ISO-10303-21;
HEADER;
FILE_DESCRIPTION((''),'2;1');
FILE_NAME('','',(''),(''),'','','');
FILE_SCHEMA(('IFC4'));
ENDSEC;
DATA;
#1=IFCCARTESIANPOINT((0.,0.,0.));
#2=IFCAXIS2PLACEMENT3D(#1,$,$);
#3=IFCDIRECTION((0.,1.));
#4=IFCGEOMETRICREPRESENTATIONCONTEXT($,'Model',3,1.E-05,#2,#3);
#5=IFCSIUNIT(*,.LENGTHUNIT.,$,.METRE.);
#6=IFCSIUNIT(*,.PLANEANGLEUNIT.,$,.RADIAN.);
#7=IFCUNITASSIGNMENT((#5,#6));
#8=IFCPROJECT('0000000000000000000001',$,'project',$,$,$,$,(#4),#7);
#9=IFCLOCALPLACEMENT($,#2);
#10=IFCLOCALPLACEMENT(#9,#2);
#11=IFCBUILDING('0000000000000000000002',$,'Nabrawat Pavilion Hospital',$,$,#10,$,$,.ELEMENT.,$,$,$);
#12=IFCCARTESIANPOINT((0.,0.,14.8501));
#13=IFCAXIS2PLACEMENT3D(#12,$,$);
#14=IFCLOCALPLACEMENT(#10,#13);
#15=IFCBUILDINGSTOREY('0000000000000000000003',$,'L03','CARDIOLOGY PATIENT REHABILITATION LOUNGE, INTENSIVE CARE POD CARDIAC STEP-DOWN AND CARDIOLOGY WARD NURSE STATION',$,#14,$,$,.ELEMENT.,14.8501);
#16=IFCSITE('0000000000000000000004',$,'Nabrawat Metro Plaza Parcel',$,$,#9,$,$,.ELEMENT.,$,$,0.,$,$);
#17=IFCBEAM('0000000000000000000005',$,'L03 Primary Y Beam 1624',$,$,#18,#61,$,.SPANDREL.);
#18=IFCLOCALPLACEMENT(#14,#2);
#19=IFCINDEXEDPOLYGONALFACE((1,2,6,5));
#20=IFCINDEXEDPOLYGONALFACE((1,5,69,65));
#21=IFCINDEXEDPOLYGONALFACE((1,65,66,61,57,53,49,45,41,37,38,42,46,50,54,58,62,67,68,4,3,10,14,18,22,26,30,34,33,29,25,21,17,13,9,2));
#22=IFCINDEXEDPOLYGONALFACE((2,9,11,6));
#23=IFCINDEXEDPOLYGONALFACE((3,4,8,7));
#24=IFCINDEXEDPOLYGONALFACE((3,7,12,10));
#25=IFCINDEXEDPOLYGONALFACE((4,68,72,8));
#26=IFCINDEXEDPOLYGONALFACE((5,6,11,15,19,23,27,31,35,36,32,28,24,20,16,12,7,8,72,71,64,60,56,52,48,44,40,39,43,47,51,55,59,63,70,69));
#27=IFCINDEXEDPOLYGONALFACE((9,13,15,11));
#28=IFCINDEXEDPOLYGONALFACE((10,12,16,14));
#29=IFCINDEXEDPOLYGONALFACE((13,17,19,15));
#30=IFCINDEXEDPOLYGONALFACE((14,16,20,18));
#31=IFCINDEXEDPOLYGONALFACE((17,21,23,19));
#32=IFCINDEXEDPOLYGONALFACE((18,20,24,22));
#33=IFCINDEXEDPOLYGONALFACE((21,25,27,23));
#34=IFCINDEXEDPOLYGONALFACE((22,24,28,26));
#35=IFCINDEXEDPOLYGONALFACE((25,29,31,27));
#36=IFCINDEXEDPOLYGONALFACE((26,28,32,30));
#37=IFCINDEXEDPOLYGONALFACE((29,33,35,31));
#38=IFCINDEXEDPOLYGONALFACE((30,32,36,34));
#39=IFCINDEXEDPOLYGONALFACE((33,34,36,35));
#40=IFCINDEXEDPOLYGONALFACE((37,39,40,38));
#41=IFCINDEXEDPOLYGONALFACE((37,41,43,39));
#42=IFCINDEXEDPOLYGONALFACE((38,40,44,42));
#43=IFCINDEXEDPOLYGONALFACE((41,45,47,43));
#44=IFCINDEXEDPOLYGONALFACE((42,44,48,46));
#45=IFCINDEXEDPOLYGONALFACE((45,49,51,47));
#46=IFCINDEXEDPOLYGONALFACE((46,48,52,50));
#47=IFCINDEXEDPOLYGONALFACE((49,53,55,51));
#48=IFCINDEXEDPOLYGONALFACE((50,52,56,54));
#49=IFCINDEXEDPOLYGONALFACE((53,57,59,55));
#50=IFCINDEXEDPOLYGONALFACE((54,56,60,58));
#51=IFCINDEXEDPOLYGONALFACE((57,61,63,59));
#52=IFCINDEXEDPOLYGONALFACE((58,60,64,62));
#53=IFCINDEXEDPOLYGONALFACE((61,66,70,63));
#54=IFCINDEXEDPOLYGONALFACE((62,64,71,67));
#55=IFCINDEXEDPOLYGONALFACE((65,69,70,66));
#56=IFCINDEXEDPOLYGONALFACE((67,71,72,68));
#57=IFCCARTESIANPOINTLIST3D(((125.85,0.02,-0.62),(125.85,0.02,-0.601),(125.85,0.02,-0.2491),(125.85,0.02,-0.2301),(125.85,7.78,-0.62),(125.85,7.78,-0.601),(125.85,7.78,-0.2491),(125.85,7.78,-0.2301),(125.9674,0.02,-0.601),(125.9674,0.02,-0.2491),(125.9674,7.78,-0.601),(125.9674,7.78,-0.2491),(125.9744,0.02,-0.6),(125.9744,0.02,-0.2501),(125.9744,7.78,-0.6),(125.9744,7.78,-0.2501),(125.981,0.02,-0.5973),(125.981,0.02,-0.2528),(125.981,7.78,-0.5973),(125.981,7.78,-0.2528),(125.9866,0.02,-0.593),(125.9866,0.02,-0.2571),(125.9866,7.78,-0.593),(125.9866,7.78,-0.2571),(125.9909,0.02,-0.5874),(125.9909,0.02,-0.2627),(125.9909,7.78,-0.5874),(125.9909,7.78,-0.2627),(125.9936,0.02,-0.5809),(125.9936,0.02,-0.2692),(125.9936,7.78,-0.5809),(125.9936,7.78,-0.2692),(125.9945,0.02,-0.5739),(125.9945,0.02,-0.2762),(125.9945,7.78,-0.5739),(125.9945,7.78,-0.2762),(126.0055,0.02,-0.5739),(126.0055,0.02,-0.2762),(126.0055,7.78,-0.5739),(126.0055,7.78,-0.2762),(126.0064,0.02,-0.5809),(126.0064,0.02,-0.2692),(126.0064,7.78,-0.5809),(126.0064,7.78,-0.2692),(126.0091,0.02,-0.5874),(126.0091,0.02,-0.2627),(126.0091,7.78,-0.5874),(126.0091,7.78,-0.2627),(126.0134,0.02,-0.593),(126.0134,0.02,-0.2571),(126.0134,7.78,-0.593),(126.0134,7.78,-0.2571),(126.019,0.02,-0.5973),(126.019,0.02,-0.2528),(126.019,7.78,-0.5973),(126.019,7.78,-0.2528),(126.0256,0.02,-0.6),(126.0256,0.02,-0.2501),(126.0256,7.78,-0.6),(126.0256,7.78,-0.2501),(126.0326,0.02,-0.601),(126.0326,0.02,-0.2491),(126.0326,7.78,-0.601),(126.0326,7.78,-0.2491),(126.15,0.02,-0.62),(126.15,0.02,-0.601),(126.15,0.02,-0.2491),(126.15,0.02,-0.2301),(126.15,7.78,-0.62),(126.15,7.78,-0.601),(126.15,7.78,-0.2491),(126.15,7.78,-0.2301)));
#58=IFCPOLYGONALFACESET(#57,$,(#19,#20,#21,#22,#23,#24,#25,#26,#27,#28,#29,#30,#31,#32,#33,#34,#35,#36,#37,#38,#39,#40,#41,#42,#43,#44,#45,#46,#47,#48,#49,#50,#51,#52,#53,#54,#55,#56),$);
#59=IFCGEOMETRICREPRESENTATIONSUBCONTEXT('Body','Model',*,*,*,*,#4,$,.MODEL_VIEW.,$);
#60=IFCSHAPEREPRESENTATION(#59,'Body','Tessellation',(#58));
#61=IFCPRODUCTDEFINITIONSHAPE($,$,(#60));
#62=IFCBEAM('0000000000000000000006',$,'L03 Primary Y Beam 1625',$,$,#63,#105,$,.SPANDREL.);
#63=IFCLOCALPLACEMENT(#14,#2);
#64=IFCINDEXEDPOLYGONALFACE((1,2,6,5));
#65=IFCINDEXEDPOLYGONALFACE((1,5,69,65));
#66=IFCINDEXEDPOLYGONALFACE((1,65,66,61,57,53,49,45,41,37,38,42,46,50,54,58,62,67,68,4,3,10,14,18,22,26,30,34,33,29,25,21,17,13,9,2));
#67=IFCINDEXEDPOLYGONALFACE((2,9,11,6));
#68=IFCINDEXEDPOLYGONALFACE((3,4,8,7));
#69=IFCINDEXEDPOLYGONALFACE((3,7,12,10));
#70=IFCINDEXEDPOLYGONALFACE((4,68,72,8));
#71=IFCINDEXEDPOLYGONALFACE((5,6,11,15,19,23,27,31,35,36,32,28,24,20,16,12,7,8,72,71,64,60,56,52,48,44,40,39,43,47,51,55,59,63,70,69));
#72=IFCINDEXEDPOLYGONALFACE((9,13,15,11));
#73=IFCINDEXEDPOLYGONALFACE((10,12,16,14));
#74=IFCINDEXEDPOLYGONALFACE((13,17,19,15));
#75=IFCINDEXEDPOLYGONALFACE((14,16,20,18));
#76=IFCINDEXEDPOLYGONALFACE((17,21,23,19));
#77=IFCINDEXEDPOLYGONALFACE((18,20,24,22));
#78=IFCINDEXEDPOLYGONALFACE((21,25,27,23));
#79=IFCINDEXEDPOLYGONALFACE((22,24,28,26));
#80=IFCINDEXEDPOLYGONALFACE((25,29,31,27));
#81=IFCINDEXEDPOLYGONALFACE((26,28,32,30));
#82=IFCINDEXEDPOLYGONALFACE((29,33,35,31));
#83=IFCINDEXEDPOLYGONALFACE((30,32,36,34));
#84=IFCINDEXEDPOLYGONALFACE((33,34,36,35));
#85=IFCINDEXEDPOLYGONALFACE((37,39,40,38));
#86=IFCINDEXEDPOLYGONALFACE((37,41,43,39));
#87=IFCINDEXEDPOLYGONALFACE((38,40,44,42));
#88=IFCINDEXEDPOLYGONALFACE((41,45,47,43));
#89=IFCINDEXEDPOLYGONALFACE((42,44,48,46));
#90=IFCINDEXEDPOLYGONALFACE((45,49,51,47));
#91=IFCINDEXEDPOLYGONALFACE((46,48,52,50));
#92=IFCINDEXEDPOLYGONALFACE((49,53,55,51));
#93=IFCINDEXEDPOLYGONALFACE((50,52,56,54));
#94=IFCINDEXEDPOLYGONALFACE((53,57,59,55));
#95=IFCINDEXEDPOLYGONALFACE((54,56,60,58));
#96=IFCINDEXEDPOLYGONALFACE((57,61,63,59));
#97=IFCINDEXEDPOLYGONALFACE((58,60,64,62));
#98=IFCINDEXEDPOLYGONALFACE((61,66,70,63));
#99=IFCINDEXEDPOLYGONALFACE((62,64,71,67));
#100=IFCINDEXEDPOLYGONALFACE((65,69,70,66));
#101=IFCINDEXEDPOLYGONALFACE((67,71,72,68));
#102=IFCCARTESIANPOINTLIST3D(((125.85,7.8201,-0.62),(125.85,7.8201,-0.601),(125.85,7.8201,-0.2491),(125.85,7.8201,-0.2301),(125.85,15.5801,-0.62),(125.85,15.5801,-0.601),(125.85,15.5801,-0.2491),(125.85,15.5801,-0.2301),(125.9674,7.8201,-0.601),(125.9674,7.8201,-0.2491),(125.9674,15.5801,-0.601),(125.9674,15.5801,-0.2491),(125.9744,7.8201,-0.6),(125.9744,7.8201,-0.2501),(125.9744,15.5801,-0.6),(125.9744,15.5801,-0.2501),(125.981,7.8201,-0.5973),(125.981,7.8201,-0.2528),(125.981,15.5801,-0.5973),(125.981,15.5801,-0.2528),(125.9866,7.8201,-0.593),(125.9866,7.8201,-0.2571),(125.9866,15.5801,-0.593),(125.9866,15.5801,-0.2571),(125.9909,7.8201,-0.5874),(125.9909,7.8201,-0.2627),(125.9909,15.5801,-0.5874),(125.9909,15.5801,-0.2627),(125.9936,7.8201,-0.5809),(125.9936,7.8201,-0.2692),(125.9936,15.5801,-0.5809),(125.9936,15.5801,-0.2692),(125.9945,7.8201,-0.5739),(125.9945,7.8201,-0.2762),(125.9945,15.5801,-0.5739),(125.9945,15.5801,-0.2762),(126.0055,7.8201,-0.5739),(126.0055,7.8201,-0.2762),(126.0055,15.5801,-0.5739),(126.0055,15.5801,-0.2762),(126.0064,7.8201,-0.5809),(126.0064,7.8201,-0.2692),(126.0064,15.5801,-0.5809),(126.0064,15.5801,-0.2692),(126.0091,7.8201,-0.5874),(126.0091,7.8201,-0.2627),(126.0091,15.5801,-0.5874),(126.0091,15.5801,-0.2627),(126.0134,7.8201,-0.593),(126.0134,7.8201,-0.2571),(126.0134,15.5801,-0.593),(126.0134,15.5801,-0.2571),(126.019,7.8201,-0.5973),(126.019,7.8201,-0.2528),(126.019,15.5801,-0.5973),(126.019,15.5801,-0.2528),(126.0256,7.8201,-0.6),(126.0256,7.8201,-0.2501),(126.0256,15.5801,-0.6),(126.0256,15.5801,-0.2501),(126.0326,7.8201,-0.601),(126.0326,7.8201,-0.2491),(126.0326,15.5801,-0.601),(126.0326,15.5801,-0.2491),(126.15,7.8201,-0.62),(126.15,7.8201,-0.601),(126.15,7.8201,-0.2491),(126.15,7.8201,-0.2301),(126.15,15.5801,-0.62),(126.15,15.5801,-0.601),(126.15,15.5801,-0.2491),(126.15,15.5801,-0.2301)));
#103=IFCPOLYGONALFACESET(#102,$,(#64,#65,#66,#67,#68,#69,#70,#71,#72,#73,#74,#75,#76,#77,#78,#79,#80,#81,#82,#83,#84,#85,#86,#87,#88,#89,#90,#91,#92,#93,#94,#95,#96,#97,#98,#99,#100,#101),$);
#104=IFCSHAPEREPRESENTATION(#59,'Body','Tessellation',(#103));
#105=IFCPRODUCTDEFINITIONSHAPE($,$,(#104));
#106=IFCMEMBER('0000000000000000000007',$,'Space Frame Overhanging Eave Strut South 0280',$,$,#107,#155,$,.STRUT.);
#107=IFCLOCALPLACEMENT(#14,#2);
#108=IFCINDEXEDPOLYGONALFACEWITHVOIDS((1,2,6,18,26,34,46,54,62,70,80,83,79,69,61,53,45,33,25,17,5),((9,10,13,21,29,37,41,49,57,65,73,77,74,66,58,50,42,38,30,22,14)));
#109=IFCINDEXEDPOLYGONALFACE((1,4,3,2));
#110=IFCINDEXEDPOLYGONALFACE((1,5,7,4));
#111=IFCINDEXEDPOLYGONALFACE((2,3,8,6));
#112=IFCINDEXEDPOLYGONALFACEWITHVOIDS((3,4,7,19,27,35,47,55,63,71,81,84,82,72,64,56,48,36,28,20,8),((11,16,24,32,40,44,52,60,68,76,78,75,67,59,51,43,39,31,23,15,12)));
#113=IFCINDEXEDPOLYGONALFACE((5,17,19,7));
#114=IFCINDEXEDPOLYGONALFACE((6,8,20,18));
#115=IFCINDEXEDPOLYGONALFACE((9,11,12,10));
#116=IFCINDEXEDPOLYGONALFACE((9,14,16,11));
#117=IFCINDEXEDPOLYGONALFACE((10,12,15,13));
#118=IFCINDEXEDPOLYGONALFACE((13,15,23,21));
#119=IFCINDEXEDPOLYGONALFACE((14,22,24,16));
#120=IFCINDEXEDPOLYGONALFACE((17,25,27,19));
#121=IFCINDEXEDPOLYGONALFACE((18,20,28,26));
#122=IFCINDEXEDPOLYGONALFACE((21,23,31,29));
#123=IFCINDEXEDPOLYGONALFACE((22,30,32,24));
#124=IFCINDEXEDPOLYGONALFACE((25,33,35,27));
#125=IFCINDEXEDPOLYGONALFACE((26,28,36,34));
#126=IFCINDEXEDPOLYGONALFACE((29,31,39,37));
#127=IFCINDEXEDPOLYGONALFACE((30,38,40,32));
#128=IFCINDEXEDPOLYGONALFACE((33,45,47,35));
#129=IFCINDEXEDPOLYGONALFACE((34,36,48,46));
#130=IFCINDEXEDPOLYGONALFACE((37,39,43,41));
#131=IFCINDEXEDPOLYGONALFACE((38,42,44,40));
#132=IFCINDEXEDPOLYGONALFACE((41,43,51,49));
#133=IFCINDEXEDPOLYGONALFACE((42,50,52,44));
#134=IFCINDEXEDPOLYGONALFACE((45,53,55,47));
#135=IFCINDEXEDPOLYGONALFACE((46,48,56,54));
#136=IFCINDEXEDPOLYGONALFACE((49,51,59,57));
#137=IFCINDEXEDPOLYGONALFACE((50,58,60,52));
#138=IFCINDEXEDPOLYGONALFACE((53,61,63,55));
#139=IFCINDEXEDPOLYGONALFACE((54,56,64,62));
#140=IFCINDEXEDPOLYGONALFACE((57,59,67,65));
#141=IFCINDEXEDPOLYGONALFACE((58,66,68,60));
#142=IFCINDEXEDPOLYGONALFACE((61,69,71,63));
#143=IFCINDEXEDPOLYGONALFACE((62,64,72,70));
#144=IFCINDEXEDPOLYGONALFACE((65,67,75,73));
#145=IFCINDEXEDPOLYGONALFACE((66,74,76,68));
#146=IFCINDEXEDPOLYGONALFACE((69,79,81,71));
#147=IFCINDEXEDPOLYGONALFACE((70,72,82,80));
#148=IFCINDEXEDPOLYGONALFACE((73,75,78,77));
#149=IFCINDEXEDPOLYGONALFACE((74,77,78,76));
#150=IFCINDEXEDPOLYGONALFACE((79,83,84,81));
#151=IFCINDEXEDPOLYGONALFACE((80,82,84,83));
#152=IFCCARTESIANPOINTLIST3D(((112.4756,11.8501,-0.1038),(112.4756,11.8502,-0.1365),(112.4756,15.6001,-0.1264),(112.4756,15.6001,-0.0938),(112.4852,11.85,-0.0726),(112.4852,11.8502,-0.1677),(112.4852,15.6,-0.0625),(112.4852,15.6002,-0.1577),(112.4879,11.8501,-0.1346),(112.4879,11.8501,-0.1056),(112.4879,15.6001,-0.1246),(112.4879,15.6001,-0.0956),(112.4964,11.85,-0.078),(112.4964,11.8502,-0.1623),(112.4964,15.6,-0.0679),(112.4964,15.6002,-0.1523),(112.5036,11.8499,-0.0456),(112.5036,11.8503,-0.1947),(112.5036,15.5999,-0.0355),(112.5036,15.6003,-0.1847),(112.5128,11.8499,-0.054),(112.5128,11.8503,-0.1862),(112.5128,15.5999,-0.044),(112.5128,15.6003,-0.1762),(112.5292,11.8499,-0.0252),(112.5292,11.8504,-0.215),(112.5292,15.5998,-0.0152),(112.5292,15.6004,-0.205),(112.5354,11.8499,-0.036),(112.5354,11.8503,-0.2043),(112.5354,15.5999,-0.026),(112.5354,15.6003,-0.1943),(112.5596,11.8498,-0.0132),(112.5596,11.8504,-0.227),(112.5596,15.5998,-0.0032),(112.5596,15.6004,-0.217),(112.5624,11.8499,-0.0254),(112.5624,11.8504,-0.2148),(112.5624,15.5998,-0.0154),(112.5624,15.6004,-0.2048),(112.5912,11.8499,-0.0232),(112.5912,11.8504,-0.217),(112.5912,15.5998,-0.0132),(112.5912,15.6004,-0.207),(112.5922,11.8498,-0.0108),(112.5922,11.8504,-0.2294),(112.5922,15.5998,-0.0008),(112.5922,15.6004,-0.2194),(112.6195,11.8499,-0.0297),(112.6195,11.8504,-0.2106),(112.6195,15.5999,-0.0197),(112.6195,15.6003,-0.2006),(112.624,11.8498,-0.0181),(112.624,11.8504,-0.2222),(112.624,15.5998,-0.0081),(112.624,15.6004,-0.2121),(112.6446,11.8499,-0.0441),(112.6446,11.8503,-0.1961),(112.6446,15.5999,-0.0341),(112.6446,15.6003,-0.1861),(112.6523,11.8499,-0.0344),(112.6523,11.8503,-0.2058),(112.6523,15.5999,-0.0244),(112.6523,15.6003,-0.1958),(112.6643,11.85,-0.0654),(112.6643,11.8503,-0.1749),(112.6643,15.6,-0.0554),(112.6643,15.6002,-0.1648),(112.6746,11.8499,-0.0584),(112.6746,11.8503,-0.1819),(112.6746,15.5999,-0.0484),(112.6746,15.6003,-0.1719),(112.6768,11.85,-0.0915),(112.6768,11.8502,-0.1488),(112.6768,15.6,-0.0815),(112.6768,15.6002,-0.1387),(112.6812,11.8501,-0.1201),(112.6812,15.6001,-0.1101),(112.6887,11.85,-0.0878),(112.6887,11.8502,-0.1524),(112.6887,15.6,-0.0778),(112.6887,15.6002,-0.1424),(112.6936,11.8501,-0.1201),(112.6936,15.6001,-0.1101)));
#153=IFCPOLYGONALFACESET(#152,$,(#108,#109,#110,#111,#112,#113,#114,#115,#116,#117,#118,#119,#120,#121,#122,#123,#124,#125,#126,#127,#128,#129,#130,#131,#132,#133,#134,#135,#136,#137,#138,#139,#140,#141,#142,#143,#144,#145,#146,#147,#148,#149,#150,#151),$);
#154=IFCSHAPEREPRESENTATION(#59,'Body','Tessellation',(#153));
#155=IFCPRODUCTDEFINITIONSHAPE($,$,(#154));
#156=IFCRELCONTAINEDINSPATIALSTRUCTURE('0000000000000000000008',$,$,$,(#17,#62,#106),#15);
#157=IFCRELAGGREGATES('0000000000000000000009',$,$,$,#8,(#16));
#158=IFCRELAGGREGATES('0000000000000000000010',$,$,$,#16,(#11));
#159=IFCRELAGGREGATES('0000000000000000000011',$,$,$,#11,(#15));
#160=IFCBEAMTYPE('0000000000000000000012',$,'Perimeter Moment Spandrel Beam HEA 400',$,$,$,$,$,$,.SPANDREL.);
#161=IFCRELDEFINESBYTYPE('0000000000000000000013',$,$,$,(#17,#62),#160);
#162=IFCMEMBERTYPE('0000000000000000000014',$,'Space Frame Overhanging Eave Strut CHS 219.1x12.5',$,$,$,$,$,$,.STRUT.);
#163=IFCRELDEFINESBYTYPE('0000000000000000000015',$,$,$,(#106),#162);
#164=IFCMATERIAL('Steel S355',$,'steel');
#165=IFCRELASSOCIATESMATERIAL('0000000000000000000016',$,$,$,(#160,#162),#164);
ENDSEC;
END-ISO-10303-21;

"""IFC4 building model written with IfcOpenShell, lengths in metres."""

from ifc_helpers import new_model, si_unit, direction, frame, origin, origin_2d, place, context, subcontext, project, spatial, hollow_circle, i_section, extrude, material, material_profile, profile_set, type_object, element, save


model = new_model("IFC4")

# Units and contexts
model_context = context("Model", 3, precision=1e-05, world=origin(), true_north=direction((0.0, 1.0)))
body_context = subcontext(model_context, "Body", "Model", "MODEL_VIEW")
ifc_project = project(units=[si_unit("LENGTHUNIT", "METRE"), si_unit("PLANEANGLEUNIT", "RADIAN")], contexts=[model_context])

# Site, building, storey
site_placement = place(None, origin())
site = spatial("IfcSite", under=ifc_project, at=site_placement, Name="Nabrawat Metro Plaza Parcel", CompositionType="ELEMENT", RefElevation=0.0)
building_placement = place(site_placement, origin())
building = spatial("IfcBuilding", under=site, at=building_placement, Name="Nabrawat Pavilion Hospital", CompositionType="ELEMENT")
storey_placement = place(building_placement, frame((0.0, 0.0, 14.8501)))
storey = spatial("IfcBuildingStorey", under=building, at=storey_placement, Name="L03", Description="CARDIOLOGY PATIENT REHABILITATION LOUNGE, INTENSIVE CARE POD CARDIAC STEP-DOWN AND CARDIOLOGY WARD NURSE STATION", CompositionType="ELEMENT", Elevation=14.8501)

# Shared definitions
ifc_material_1 = material(Name="Steel S355", Category="steel")

# Beams
ifc_material_profile_1 = material_profile(ifc_material_1, i_section(OverallWidth=0.3, OverallDepth=0.3899, WebThickness=0.011, FlangeThickness=0.019, FilletRadius=0.0271, at=origin_2d()), Name="HEA 400")
ifc_profile_set_1 = profile_set([ifc_material_profile_1], Name="Steel S355")
beam_type_1 = type_object("IfcBeamType", Name="Perimeter Moment Spandrel Beam HEA 400", PredefinedType="SPANDREL", material=ifc_profile_set_1)
for number, where, z_axis, x_axis, name in (
    (1, (126.0, 0.02, -0.425), (0.0, 1.0, 0.0), (-1.0, 0.0, 0.0), "L03 Primary Y Beam 1624"),
    (2, (126.0, 7.8201, -0.425), (0.0, 1.0, 0.0), (-1.0, 0.0, 0.0), "L03 Primary Y Beam 1625"),
):
    element("IfcBeam", number, at=place(storey_placement, frame(where, z_axis=z_axis, x_axis=x_axis)), inside=storey, type_object=beam_type_1, Name=name, PredefinedType="SPANDREL", context=body_context, shape_type="SweptSolid", body=[
        extrude(i_section(OverallWidth=0.3, OverallDepth=0.3899, WebThickness=0.011, FlangeThickness=0.019, FilletRadius=0.0271, at=origin_2d()), origin(), (0.0, 0.0, 1.0), 7.76),
    ])

# Member
ifc_material_profile_2 = material_profile(ifc_material_1, hollow_circle(Radius=0.1096, WallThickness=0.0125, at=origin_2d()), Name="CHS 219.1x12.5")
ifc_profile_set_2 = profile_set([ifc_material_profile_2], Name="Steel S355")
member_type_1 = type_object("IfcMemberType", Name="Space Frame Overhanging Eave Strut CHS 219.1x12.5", PredefinedType="STRUT", material=ifc_profile_set_2)
member_1_placement = place(storey_placement, frame((112.584, 15.6001, -0.1101), z_axis=(0.0, -0.999996, -0.002669), x_axis=(1.0, 0.0, 0.0)))
element("IfcMember", 3, at=member_1_placement, inside=storey, type_object=member_type_1, Name="Space Frame Overhanging Eave Strut South 0280", PredefinedType="STRUT", context=body_context, shape_type="SweptSolid", body=[
    extrude(hollow_circle(Radius=0.1096, WallThickness=0.0125, at=origin_2d()), origin(), (0.0, 0.0, 1.0), 3.75),
])

save(model, "model.ifc")
